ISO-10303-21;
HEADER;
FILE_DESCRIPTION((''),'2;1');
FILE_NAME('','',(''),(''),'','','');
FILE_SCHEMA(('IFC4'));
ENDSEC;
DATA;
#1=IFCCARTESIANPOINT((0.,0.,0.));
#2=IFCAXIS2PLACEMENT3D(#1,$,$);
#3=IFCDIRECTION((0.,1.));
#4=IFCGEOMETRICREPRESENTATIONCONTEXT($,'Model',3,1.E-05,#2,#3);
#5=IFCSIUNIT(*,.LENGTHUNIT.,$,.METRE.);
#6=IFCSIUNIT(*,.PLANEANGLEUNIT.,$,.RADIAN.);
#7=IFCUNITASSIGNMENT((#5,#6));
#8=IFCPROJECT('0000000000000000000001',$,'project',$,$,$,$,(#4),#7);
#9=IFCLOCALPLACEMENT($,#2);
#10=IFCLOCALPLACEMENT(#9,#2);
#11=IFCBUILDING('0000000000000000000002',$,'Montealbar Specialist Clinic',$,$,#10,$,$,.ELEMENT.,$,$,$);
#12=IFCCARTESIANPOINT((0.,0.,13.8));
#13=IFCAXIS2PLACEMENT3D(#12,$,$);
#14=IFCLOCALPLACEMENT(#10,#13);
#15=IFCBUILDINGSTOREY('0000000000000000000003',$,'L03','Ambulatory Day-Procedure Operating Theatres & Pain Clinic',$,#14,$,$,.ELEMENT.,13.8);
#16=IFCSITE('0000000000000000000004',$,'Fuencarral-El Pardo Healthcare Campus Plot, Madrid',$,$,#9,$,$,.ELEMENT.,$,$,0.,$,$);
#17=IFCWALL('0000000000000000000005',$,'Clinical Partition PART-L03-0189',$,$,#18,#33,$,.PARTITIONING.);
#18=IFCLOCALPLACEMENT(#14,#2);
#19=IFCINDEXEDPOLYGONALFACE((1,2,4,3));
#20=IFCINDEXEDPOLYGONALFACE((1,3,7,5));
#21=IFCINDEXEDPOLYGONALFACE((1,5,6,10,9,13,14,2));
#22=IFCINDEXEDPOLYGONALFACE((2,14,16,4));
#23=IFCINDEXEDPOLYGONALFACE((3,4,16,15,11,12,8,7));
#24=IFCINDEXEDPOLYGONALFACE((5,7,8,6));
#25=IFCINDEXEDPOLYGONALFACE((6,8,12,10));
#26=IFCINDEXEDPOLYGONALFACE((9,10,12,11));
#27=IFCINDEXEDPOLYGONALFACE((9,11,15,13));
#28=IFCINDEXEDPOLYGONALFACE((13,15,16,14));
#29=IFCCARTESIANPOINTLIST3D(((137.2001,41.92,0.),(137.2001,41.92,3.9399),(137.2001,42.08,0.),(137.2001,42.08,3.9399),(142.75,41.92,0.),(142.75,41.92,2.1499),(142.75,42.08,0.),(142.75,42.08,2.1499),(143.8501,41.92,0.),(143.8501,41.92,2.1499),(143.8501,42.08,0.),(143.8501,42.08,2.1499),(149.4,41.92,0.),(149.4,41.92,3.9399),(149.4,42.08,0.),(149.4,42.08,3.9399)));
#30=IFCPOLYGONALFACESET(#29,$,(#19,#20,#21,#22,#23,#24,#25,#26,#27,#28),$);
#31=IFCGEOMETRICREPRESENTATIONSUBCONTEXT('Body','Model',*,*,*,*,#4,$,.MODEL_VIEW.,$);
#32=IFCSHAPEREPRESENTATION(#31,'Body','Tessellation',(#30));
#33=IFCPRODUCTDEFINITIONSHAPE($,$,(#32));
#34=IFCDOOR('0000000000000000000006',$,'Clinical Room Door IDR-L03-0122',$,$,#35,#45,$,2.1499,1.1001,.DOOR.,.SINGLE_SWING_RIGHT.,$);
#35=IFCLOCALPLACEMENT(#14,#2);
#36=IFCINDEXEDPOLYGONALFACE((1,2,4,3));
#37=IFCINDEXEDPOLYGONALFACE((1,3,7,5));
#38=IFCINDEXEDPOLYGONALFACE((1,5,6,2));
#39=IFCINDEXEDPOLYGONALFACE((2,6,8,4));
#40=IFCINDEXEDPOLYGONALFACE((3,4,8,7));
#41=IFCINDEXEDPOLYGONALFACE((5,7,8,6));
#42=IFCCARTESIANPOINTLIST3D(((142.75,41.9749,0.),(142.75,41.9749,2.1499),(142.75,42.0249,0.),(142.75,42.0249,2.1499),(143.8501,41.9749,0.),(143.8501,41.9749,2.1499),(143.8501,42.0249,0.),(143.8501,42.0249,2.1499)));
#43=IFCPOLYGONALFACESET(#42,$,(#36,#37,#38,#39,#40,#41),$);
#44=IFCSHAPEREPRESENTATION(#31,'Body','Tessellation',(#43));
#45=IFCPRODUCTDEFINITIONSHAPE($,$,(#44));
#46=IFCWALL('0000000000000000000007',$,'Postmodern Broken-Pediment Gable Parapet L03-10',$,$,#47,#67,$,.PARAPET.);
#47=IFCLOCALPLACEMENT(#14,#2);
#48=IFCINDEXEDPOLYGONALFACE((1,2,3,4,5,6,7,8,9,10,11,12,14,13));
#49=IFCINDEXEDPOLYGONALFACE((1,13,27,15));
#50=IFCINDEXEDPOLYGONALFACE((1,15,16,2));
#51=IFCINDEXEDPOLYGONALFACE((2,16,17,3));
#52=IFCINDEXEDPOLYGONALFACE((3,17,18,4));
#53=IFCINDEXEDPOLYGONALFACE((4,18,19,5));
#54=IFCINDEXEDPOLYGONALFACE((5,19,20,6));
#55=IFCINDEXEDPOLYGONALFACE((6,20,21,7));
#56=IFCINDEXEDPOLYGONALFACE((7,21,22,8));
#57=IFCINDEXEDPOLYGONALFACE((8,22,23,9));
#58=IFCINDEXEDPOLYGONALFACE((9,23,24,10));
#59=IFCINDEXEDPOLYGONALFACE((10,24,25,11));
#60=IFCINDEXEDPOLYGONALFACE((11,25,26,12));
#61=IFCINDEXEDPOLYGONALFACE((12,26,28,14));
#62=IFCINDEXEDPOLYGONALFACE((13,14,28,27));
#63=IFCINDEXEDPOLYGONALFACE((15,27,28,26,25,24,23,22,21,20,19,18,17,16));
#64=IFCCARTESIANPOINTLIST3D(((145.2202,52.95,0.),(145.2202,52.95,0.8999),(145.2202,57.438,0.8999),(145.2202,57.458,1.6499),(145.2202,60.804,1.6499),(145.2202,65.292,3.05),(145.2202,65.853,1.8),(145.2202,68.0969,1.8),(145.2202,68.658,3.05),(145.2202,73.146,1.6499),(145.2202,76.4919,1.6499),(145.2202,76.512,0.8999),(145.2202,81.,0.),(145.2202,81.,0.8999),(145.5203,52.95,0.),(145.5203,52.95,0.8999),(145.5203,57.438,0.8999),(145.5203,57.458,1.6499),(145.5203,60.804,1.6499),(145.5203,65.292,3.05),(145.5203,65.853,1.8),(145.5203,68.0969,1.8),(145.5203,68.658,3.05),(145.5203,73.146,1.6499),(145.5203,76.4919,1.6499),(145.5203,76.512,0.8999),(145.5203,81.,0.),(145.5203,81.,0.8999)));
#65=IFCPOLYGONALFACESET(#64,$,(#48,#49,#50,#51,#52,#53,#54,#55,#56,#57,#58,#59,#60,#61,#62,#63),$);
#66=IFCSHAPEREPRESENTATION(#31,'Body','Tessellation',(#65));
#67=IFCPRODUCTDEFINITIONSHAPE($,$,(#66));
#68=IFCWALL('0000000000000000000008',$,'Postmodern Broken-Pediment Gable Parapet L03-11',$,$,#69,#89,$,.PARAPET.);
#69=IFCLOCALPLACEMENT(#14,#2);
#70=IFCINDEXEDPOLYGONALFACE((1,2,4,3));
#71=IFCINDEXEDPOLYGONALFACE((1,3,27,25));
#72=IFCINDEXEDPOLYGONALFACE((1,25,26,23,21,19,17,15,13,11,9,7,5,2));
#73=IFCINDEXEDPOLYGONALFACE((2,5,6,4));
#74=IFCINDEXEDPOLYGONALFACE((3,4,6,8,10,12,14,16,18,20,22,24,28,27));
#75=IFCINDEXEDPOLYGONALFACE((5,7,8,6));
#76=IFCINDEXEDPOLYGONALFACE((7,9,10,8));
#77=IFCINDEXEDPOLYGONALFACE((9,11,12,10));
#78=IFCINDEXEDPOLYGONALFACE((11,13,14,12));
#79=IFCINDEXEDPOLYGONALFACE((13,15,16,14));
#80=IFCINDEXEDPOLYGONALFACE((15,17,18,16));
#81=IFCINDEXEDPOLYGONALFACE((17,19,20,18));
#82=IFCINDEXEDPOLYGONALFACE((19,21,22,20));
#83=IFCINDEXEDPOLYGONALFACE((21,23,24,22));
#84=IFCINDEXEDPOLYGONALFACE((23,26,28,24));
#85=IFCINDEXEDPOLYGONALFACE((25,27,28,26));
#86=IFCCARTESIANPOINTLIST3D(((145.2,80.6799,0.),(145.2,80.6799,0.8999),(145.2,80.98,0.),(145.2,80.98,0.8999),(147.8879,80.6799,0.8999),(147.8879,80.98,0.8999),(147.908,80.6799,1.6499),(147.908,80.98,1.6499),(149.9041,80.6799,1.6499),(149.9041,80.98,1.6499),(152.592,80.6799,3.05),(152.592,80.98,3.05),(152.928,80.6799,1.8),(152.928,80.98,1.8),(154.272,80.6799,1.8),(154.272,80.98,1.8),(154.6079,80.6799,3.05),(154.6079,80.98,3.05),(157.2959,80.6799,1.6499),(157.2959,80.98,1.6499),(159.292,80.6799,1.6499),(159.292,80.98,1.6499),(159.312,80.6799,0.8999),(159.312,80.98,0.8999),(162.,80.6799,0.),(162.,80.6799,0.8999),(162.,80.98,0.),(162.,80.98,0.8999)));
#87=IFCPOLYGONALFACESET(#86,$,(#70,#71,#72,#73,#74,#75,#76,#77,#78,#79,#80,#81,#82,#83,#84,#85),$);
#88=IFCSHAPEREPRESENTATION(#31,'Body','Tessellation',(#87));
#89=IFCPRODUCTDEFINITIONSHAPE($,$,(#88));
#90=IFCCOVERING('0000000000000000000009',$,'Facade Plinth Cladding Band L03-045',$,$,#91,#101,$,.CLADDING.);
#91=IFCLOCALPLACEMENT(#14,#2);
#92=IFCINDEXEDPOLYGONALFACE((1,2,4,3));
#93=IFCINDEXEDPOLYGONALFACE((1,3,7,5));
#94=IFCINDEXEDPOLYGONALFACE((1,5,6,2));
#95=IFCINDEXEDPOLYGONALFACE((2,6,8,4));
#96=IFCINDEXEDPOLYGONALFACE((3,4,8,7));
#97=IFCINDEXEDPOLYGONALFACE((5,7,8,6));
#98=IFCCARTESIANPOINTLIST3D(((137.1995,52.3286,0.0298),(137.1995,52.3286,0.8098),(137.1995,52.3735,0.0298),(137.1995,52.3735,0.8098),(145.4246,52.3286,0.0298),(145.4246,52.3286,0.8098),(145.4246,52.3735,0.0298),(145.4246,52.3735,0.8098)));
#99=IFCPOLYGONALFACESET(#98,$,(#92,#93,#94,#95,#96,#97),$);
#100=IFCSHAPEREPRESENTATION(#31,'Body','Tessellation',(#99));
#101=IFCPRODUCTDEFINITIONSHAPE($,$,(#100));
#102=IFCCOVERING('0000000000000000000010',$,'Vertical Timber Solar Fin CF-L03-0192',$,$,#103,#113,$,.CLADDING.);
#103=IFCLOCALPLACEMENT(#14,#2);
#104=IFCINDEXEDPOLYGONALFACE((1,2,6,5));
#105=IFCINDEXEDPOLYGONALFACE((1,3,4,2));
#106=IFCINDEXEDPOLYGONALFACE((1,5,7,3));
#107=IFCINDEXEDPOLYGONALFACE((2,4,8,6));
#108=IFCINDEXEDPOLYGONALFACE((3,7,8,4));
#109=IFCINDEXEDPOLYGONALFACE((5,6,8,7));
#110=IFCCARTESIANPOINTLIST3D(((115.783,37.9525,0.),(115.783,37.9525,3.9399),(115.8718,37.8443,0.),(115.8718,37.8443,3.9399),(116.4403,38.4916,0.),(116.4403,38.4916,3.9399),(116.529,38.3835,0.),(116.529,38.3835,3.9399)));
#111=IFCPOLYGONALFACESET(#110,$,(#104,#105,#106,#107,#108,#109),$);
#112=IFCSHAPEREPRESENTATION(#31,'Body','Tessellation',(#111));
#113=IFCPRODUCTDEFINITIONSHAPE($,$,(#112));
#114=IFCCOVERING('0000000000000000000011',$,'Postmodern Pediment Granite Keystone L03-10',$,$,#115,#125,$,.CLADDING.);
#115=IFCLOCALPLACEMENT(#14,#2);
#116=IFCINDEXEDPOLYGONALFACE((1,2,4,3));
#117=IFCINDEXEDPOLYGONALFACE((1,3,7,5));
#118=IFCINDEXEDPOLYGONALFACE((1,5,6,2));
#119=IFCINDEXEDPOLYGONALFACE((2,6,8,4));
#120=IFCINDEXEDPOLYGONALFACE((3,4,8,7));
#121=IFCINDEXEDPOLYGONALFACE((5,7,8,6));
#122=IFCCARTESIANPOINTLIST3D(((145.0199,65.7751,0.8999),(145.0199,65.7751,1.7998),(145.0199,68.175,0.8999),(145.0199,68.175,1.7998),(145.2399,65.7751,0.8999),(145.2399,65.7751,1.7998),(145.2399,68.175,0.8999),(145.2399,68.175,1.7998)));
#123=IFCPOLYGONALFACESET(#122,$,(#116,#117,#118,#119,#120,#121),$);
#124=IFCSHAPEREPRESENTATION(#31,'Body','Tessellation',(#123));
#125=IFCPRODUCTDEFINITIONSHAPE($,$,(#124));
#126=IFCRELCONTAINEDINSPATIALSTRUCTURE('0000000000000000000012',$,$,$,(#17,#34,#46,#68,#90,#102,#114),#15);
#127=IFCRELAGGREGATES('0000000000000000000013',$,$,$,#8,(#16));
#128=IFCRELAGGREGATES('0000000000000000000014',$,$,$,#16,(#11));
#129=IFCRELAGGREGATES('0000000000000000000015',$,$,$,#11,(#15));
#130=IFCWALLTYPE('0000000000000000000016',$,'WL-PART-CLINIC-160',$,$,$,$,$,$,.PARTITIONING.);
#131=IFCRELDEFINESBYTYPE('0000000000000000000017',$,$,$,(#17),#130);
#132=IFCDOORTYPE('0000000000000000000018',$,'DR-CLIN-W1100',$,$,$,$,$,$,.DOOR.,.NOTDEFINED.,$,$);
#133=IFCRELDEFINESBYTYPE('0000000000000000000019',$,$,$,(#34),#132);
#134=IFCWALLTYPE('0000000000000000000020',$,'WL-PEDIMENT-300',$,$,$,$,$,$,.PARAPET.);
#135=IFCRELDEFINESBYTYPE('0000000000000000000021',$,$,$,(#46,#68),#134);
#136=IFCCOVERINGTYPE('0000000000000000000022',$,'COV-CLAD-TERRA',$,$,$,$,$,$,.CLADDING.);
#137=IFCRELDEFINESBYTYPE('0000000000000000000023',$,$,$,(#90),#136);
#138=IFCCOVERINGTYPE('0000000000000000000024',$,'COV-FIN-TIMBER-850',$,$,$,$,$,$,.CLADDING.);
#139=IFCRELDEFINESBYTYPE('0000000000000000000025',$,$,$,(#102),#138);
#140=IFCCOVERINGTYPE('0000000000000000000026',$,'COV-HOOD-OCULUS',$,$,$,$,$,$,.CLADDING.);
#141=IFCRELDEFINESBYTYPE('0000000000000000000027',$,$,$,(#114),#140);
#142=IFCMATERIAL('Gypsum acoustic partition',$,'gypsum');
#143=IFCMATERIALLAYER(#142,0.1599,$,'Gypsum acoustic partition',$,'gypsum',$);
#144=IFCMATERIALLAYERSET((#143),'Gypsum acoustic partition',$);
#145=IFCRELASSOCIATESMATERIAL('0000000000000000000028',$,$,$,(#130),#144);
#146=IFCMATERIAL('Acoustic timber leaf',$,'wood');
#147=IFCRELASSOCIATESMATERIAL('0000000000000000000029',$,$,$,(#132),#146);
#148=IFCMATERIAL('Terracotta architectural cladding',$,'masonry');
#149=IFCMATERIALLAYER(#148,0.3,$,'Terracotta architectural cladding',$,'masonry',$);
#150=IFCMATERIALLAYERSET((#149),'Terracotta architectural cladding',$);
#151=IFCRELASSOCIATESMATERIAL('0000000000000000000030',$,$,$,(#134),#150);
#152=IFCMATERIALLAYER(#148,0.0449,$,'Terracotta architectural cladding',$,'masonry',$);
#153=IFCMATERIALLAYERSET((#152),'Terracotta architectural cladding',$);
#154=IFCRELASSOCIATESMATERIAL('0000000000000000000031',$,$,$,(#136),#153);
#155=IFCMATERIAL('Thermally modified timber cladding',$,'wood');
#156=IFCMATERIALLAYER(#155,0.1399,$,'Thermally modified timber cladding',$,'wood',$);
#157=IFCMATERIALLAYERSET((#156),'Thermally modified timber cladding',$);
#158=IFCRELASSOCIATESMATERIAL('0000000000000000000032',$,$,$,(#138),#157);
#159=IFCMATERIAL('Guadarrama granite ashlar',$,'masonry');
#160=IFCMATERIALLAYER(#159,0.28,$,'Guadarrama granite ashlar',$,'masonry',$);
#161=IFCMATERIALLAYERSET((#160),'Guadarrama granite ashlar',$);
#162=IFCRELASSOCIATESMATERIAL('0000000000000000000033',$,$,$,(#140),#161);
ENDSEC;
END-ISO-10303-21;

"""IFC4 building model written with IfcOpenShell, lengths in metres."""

from ifc_helpers import new_model, si_unit, direction, frame, frame_2d, origin, origin_2d, place, context, subcontext, project, spatial, polyline, rectangle, outline, extrude, material, layer, layer_set, type_object, element, fill, save


model = new_model("IFC4")

# Units and contexts
model_context = context("Model", 3, precision=1e-05, world=origin(), true_north=direction((0.0, 1.0)))
body_context = subcontext(model_context, "Body", "Model", "MODEL_VIEW")
ifc_project = project(units=[si_unit("LENGTHUNIT", "METRE"), si_unit("PLANEANGLEUNIT", "RADIAN")], contexts=[model_context])

# Site, building, storey
site_placement = place(None, origin())
site = spatial("IfcSite", under=ifc_project, at=site_placement, Name="Fuencarral-El Pardo Healthcare Campus Plot, Madrid", CompositionType="ELEMENT", RefElevation=0.0)
building_placement = place(site_placement, origin())
building = spatial("IfcBuilding", under=site, at=building_placement, Name="Montealbar Specialist Clinic", CompositionType="ELEMENT")
storey_placement = place(building_placement, frame((0.0, 0.0, 13.8)))
storey = spatial("IfcBuildingStorey", under=building, at=storey_placement, Name="L03", Description="Ambulatory Day-Procedure Operating Theatres & Pain Clinic", CompositionType="ELEMENT", Elevation=13.8)

# Shared definitions
ifc_material_1 = material(Name="Terracotta architectural cladding", Category="masonry")

# Wall, opening, door
ifc_material_2 = material(Name="Gypsum acoustic partition", Category="gypsum")
ifc_layer_1 = layer(ifc_material_2, 0.1599, Name="Gypsum acoustic partition", Category="gypsum")
ifc_layer_set_1 = layer_set([ifc_layer_1], Name="Gypsum acoustic partition")
wall_type_1 = type_object("IfcWallType", Name="WL-PART-CLINIC-160", PredefinedType="PARTITIONING", material=ifc_layer_set_1)
ifc_material_3 = material(Name="Acoustic timber leaf", Category="wood")
wall_1_placement = place(storey_placement, frame((137.2, 42.0, 0.0), z_axis=(0.0, 0.0, 1.0), x_axis=(1.0, 0.0, 0.0)))
wall_1 = element("IfcWall", 1, at=wall_1_placement, inside=storey, type_object=wall_type_1, Name="Clinical Partition PART-L03-0189", PredefinedType="PARTITIONING", context=body_context, shape_type="SweptSolid", body=[
    extrude(rectangle(XDim=12.2, YDim=0.1599, at=frame_2d((6.1001, 0.0))), origin(), (0.0, 0.0, 1.0), 3.9399),
])
opening_1_placement = place(wall_1_placement, frame((5.55, 0.0, 0.0)))
opening_1 = element("IfcOpeningElement", 2, at=opening_1_placement, cuts=wall_1, PredefinedType="OPENING", context=body_context, shape_type="SweptSolid", body=[
    extrude(rectangle(XDim=1.1001, YDim=2.1499, at=frame_2d((0.55, 1.075))), frame((0.0, 0.0898, 0.0), z_axis=(0.0, -1.0, 0.0), x_axis=(1.0, 0.0, 0.0)), (0.0, 0.0, 1.0), 0.1799),
])
door_type_1 = type_object("IfcDoorType", Name="DR-CLIN-W1100", OperationType="NOTDEFINED", PredefinedType="DOOR", material=ifc_material_3)
door_1_placement = place(opening_1_placement, origin())
door_1 = element("IfcDoor", 3, at=door_1_placement, inside=storey, type_object=door_type_1, Name="Clinical Room Door IDR-L03-0122", OperationType="SINGLE_SWING_RIGHT", OverallHeight=2.1499, OverallWidth=1.1001, PredefinedType="DOOR", context=body_context, shape_type="SweptSolid", body=[
    extrude(rectangle(XDim=1.1001, YDim=2.1499, at=frame_2d((0.55, 1.075))), frame((0.0, 0.0249, 0.0), z_axis=(0.0, -1.0, 0.0), x_axis=(1.0, 0.0, 0.0)), (0.0, 0.0, 1.0), 0.05),
])
fill(opening_1, door_1)

# Walls
ifc_layer_2 = layer(ifc_material_1, 0.3, Name="Terracotta architectural cladding", Category="masonry")
ifc_layer_set_2 = layer_set([ifc_layer_2], Name="Terracotta architectural cladding")
wall_type_2 = type_object("IfcWallType", Name="WL-PEDIMENT-300", PredefinedType="PARAPET", material=ifc_layer_set_2)
wall_2_placement = place(storey_placement, frame((145.3701, 52.95, 0.0), z_axis=(0.0, 0.0, 1.0), x_axis=(0.0, 1.0, 0.0)))
element("IfcWall", 4, at=wall_2_placement, inside=storey, type_object=wall_type_2, Name="Postmodern Broken-Pediment Gable Parapet L03-10", PredefinedType="PARAPET", context=body_context, shape_type="SweptSolid", body=[
    extrude(outline(polyline([(0.0, 0.0), (28.05, 0.0), (28.05, 0.8999), (23.562, 0.8999), (23.542, 1.6499), (20.196, 1.6499), (15.708, 3.05), (15.147, 1.8), (12.9031, 1.8), (12.342, 3.05), (7.854, 1.6499), (4.5081, 1.6499), (4.488, 0.8999), (0.0, 0.8999), (0.0, 0.0)])), frame((0.0, 0.1499, 0.0), z_axis=(0.0, -1.0, 0.0), x_axis=(1.0, 0.0, 0.0)), (0.0, 0.0, 1.0), 0.3),
])
wall_3_placement = place(storey_placement, frame((145.2, 80.8301, 0.0), z_axis=(0.0, 0.0, 1.0), x_axis=(1.0, 0.0, 0.0)))
element("IfcWall", 5, at=wall_3_placement, inside=storey, type_object=wall_type_2, Name="Postmodern Broken-Pediment Gable Parapet L03-11", PredefinedType="PARAPET", context=body_context, shape_type="SweptSolid", body=[
    extrude(outline(polyline([(0.0, 0.0), (16.8, 0.0), (16.8, 0.8999), (14.1121, 0.8999), (14.092, 1.6499), (12.0959, 1.6499), (9.408, 3.05), (9.072, 1.8), (7.728, 1.8), (7.3921, 3.05), (4.7041, 1.6499), (2.708, 1.6499), (2.688, 0.8999), (0.0, 0.8999), (0.0, 0.0)])), frame((0.0, 0.1499, 0.0), z_axis=(0.0, -1.0, 0.0), x_axis=(1.0, 0.0, 0.0)), (0.0, 0.0, 1.0), 0.3),
])

# Coverings
ifc_layer_3 = layer(ifc_material_1, 0.0449, Name="Terracotta architectural cladding", Category="masonry")
ifc_layer_set_3 = layer_set([ifc_layer_3], Name="Terracotta architectural cladding")
covering_type_1 = type_object("IfcCoveringType", Name="COV-CLAD-TERRA", PredefinedType="CLADDING", material=ifc_layer_set_3)
covering_1_placement = place(storey_placement, frame((141.312, 52.3511, 0.0298), z_axis=(0.0, 0.0, 1.0), x_axis=(1.0, 0.0, 0.0)))
element("IfcCovering", 6, at=covering_1_placement, inside=storey, type_object=covering_type_1, Name="Facade Plinth Cladding Band L03-045", PredefinedType="CLADDING", context=body_context, shape_type="SweptSolid", body=[
    extrude(rectangle(XDim=8.2251, YDim=0.0449, at=origin_2d()), origin(), (0.0, 0.0, 1.0), 0.78),
])
ifc_material_4 = material(Name="Thermally modified timber cladding", Category="wood")
ifc_layer_4 = layer(ifc_material_4, 0.1399, Name="Thermally modified timber cladding", Category="wood")
ifc_layer_set_4 = layer_set([ifc_layer_4], Name="Thermally modified timber cladding")
covering_type_2 = type_object("IfcCoveringType", Name="COV-FIN-TIMBER-850", PredefinedType="CLADDING", material=ifc_layer_set_4)
covering_2_placement = place(storey_placement, frame((116.156, 38.168, 0.0), z_axis=(0.0, 0.0, 1.0), x_axis=(0.773123, 0.634256, 0.0)))
element("IfcCovering", 7, at=covering_2_placement, inside=storey, type_object=covering_type_2, Name="Vertical Timber Solar Fin CF-L03-0192", PredefinedType="CLADDING", context=body_context, shape_type="SweptSolid", body=[
    extrude(rectangle(XDim=0.8501, YDim=0.1399, at=origin_2d()), origin(), (0.0, 0.0, 1.0), 3.9399),
])
ifc_material_5 = material(Name="Guadarrama granite ashlar", Category="masonry")
ifc_layer_5 = layer(ifc_material_5, 0.28, Name="Guadarrama granite ashlar", Category="masonry")
ifc_layer_set_5 = layer_set([ifc_layer_5], Name="Guadarrama granite ashlar")
covering_type_3 = type_object("IfcCoveringType", Name="COV-HOOD-OCULUS", PredefinedType="CLADDING", material=ifc_layer_set_5)
covering_3_placement = place(storey_placement, frame((145.1299, 66.9751, 0.8999), z_axis=(0.0, 0.0, 1.0), x_axis=(0.0, 1.0, 0.0)))
element("IfcCovering", 8, at=covering_3_placement, inside=storey, type_object=covering_type_3, Name="Postmodern Pediment Granite Keystone L03-10", PredefinedType="CLADDING", context=body_context, shape_type="SweptSolid", body=[
    extrude(rectangle(XDim=2.3999, YDim=0.22, at=origin_2d()), origin(), (0.0, 0.0, 1.0), 0.8999),
])

save(model, "model.ifc")
